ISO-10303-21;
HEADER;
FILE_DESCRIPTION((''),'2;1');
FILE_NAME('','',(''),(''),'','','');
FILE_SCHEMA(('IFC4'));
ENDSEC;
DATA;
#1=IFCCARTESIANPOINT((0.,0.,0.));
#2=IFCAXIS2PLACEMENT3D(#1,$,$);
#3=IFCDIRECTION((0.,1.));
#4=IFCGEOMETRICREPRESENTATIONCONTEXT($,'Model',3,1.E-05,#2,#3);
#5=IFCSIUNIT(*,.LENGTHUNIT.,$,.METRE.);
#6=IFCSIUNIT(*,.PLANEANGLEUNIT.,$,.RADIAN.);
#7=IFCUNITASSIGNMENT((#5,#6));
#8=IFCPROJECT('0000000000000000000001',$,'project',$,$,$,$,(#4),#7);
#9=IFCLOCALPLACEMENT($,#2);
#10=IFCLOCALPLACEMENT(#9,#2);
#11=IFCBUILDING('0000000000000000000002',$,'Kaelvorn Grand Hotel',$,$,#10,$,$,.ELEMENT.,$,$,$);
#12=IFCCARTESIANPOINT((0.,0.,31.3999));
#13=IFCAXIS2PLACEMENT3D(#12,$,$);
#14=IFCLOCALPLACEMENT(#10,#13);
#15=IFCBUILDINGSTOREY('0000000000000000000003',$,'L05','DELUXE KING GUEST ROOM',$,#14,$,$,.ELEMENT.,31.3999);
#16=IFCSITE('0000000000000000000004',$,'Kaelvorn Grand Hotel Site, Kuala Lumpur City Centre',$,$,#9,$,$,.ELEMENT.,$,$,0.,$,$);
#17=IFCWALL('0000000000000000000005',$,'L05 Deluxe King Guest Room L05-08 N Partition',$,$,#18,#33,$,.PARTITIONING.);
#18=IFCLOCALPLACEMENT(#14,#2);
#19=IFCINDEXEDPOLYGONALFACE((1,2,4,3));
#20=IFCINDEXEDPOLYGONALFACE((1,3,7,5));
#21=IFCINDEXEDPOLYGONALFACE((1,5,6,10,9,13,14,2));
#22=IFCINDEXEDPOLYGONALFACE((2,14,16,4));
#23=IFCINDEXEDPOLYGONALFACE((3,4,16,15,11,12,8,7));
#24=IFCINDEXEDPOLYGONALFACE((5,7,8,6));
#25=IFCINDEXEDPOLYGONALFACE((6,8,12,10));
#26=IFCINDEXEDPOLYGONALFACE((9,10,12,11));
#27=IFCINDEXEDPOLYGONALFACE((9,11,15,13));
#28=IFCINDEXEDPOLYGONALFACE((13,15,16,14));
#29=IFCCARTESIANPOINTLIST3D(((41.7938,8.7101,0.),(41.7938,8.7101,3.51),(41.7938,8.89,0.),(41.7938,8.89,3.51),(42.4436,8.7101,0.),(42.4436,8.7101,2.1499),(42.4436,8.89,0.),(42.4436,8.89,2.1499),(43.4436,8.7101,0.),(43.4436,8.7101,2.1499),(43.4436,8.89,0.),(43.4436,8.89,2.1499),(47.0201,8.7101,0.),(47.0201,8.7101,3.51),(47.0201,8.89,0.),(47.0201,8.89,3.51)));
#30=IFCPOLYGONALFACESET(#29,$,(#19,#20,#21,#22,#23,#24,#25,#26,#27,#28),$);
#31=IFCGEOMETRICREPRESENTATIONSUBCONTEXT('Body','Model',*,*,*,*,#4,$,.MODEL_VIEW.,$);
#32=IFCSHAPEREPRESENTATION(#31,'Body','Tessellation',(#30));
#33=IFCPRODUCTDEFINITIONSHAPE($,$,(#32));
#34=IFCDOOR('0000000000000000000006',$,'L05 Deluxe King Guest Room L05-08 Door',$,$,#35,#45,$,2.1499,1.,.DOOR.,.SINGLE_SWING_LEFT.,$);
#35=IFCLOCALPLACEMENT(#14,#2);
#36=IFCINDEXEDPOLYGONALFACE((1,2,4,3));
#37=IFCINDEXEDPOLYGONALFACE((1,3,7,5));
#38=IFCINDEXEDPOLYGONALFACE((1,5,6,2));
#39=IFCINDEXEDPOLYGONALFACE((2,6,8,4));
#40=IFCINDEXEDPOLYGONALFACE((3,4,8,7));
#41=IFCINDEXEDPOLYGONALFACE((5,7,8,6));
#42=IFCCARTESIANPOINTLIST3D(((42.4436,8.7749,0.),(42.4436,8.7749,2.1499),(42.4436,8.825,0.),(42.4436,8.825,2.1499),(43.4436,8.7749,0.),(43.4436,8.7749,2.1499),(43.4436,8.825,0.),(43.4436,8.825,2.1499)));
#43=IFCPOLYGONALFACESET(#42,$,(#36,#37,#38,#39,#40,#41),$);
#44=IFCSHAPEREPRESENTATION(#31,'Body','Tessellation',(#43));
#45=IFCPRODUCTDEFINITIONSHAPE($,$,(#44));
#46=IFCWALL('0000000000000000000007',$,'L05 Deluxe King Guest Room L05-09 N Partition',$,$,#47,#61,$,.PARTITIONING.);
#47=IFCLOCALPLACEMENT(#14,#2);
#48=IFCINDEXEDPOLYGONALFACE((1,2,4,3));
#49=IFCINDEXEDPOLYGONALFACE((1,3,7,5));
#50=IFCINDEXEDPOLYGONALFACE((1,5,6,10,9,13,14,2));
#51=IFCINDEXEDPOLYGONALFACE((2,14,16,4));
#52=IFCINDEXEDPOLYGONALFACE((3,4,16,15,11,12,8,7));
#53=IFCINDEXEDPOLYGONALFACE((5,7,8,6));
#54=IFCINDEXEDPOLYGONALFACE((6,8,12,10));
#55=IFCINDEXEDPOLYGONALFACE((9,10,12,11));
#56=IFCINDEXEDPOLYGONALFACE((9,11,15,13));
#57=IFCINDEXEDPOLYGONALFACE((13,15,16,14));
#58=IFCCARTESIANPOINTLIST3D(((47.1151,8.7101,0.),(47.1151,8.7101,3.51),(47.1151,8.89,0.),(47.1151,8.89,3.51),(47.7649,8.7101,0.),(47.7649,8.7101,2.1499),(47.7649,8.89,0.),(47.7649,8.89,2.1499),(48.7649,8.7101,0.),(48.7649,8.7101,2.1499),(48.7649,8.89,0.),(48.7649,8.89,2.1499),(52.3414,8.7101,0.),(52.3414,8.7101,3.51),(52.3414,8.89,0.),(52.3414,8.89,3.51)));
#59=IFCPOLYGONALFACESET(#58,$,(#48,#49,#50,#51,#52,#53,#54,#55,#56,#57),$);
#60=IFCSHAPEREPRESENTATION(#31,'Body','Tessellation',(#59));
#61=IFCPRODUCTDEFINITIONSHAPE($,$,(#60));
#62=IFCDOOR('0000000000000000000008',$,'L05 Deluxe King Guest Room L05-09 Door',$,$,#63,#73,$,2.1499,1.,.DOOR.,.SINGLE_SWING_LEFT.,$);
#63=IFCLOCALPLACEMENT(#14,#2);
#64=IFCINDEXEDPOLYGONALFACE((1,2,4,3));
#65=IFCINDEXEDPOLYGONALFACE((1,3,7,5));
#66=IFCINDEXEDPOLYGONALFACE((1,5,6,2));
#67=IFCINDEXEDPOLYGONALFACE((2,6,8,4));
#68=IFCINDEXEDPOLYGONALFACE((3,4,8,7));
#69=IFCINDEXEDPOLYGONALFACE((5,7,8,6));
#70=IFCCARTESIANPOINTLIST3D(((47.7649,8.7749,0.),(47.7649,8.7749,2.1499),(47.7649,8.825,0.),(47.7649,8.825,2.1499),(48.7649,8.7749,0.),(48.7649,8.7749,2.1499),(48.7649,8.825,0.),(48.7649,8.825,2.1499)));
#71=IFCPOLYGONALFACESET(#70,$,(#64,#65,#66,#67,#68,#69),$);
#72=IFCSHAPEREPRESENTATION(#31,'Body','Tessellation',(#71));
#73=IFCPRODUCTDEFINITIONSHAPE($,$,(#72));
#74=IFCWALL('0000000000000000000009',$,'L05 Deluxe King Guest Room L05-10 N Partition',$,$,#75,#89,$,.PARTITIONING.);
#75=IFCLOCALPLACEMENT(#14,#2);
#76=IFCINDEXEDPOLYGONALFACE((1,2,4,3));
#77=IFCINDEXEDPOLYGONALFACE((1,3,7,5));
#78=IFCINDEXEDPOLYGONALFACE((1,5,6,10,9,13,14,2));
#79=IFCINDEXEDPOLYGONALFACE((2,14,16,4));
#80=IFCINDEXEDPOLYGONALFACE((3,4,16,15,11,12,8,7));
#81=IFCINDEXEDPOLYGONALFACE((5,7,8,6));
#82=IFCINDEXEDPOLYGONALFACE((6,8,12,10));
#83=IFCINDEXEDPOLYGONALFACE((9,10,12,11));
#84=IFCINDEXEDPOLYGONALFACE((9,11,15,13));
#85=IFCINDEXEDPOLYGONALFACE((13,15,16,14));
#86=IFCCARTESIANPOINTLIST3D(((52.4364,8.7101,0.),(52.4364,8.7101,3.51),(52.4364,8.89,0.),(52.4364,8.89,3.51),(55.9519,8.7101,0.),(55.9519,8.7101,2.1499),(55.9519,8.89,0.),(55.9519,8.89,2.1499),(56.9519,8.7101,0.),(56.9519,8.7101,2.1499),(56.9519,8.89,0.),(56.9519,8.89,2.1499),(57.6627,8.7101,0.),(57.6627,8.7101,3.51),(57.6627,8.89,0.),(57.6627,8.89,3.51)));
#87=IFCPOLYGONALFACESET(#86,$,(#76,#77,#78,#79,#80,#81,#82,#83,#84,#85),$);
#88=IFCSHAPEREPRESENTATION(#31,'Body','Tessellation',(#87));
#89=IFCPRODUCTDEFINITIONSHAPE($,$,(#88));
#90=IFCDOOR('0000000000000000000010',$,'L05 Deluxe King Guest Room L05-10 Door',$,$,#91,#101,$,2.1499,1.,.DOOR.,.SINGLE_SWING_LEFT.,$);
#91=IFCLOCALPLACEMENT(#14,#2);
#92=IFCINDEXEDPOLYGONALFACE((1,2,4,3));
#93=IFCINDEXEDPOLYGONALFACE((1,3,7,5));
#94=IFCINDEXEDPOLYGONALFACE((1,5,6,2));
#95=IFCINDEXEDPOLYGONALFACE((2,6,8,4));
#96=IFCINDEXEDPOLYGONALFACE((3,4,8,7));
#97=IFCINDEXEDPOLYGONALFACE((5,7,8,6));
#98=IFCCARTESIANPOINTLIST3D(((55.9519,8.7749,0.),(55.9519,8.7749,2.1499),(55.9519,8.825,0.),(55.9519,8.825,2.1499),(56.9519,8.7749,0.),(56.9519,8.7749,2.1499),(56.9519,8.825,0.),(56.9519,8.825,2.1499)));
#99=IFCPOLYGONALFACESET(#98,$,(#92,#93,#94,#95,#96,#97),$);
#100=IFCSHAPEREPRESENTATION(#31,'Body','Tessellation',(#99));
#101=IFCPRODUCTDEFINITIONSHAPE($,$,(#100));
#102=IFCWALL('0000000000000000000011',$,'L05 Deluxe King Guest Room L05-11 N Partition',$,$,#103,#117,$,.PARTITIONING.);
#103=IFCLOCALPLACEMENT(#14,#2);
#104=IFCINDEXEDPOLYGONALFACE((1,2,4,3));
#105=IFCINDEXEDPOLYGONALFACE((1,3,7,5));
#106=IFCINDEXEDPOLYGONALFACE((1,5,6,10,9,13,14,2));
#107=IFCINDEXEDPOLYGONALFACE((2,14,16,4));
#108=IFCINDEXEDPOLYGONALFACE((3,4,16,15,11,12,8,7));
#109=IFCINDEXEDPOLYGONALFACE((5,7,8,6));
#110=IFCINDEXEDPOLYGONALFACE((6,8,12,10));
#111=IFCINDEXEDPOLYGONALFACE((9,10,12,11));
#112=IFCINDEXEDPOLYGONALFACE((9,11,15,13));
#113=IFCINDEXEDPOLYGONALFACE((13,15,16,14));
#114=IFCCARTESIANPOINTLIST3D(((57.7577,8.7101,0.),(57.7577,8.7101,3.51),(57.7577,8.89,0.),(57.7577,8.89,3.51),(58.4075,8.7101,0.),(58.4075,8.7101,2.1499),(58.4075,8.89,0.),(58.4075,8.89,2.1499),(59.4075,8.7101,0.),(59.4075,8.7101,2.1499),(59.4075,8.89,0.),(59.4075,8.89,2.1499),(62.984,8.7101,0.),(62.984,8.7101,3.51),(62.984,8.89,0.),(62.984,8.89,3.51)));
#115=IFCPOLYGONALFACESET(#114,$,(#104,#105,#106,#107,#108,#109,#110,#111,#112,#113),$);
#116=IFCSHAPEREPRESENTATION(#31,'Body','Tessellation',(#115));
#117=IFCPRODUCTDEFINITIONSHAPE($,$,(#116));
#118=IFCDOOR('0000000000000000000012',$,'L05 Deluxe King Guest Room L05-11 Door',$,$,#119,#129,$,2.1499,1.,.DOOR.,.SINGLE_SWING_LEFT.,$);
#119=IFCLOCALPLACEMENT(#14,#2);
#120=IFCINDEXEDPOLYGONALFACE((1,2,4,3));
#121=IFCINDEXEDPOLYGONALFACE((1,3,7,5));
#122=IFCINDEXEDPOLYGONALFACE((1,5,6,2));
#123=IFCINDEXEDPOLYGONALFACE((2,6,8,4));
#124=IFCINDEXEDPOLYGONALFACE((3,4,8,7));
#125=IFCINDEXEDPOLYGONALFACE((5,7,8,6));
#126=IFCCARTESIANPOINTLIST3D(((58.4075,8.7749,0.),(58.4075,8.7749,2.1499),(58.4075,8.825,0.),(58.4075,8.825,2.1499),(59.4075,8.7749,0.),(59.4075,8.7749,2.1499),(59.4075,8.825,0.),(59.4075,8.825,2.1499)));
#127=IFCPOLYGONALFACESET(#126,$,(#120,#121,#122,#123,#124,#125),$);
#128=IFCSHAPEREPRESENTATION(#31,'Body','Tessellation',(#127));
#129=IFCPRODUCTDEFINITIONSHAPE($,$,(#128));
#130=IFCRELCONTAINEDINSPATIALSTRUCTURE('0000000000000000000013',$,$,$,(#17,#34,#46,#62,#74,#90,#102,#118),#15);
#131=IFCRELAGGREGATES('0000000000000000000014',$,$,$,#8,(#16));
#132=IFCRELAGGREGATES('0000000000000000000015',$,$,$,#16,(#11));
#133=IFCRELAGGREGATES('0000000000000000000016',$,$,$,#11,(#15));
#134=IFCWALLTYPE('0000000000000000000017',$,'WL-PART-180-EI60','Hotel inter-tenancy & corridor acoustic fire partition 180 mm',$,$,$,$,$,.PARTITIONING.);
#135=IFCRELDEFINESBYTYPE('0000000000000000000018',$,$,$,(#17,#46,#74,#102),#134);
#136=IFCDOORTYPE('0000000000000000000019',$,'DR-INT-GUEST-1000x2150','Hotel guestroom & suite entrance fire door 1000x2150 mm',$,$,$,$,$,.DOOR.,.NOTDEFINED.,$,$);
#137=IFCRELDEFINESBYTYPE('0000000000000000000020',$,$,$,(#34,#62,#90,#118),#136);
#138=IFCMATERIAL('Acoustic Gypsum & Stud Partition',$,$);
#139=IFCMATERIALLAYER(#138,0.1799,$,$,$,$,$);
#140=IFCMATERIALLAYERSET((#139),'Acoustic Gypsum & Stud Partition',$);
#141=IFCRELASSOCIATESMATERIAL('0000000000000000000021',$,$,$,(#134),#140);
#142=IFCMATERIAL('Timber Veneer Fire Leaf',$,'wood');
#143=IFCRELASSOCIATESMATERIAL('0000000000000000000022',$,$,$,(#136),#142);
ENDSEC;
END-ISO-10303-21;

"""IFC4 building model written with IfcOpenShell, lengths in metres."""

from ifc_helpers import new_model, si_unit, direction, frame, frame_2d, origin, place, context, subcontext, project, spatial, rectangle, extrude, material, layer, layer_set, type_object, element, fill, save


model = new_model("IFC4")

# Units and contexts
model_context = context("Model", 3, precision=1e-05, world=origin(), true_north=direction((0.0, 1.0)))
body_context = subcontext(model_context, "Body", "Model", "MODEL_VIEW")
ifc_project = project(units=[si_unit("LENGTHUNIT", "METRE"), si_unit("PLANEANGLEUNIT", "RADIAN")], contexts=[model_context])

# Site, building, storey
site_placement = place(None, origin())
site = spatial("IfcSite", under=ifc_project, at=site_placement, Name="Kaelvorn Grand Hotel Site, Kuala Lumpur City Centre", CompositionType="ELEMENT", RefElevation=0.0)
building_placement = place(site_placement, origin())
building = spatial("IfcBuilding", under=site, at=building_placement, Name="Kaelvorn Grand Hotel", CompositionType="ELEMENT")
storey_placement = place(building_placement, frame((0.0, 0.0, 31.3999)))
storey = spatial("IfcBuildingStorey", under=building, at=storey_placement, Name="L05", Description="DELUXE KING GUEST ROOM", CompositionType="ELEMENT", Elevation=31.3999)

# Shared definitions
ifc_material_1 = material(Name="Acoustic Gypsum & Stud Partition")

# Shared definitions
ifc_material_2 = material(Name="Timber Veneer Fire Leaf", Category="wood")

# Walls, openings, doors
ifc_layer_1 = layer(ifc_material_1, 0.1799)
ifc_layer_set_1 = layer_set([ifc_layer_1], Name="Acoustic Gypsum & Stud Partition")
wall_type_1 = type_object("IfcWallType", Name="WL-PART-180-EI60", Description="Hotel inter-tenancy & corridor acoustic fire partition 180 mm", PredefinedType="PARTITIONING", material=ifc_layer_set_1)
wall_1_placement = place(storey_placement, frame((41.7937, 8.8, 0.0), z_axis=(0.0, 0.0, 1.0), x_axis=(1.0, 0.0, 0.0)))
wall_1 = element("IfcWall", 1, at=wall_1_placement, inside=storey, type_object=wall_type_1, Name="L05 Deluxe King Guest Room L05-08 N Partition", PredefinedType="PARTITIONING", context=body_context, shape_type="SweptSolid", body=[
    extrude(rectangle(XDim=5.2263, YDim=0.1799, at=frame_2d((2.6133, 0.0))), origin(), (0.0, 0.0, 1.0), 3.51),
])
opening_1_placement = place(wall_1_placement, frame((0.6499, 0.0, 0.0)))
opening_1 = element("IfcOpeningElement", 2, at=opening_1_placement, cuts=wall_1, PredefinedType="OPENING", context=body_context, shape_type="SweptSolid", body=[
    extrude(rectangle(XDim=1.0, YDim=2.1499, at=frame_2d((0.5, 1.075))), frame((0.0, 0.1001, 0.0), z_axis=(0.0, -1.0, 0.0), x_axis=(1.0, 0.0, 0.0)), (0.0, 0.0, 1.0), 0.2),
])
door_type_1 = type_object("IfcDoorType", Name="DR-INT-GUEST-1000x2150", Description="Hotel guestroom & suite entrance fire door 1000x2150 mm", OperationType="NOTDEFINED", PredefinedType="DOOR", material=ifc_material_2)
door_1_placement = place(opening_1_placement, origin())
door_1 = element("IfcDoor", 3, at=door_1_placement, inside=storey, type_object=door_type_1, Name="L05 Deluxe King Guest Room L05-08 Door", OperationType="SINGLE_SWING_LEFT", OverallHeight=2.1499, OverallWidth=1.0, PredefinedType="DOOR", context=body_context, shape_type="SweptSolid", body=[
    extrude(rectangle(XDim=1.0, YDim=2.1499, at=frame_2d((0.5, 1.075))), frame((0.0, 0.0249, 0.0), z_axis=(0.0, -1.0, 0.0), x_axis=(1.0, 0.0, 0.0)), (0.0, 0.0, 1.0), 0.05),
])
fill(opening_1, door_1)
wall_2_placement = place(storey_placement, frame((47.115, 8.8, 0.0), z_axis=(0.0, 0.0, 1.0), x_axis=(1.0, 0.0, 0.0)))
wall_2 = element("IfcWall", 4, at=wall_2_placement, inside=storey, type_object=wall_type_1, Name="L05 Deluxe King Guest Room L05-09 N Partition", PredefinedType="PARTITIONING", context=body_context, shape_type="SweptSolid", body=[
    extrude(rectangle(XDim=5.2263, YDim=0.1799, at=frame_2d((2.6133, 0.0))), origin(), (0.0, 0.0, 1.0), 3.51),
])
opening_2_placement = place(wall_2_placement, frame((0.6499, 0.0, 0.0)))
opening_2 = element("IfcOpeningElement", 5, at=opening_2_placement, cuts=wall_2, PredefinedType="OPENING", context=body_context, shape_type="SweptSolid", body=[
    extrude(rectangle(XDim=1.0, YDim=2.1499, at=frame_2d((0.5, 1.075))), frame((0.0, 0.1001, 0.0), z_axis=(0.0, -1.0, 0.0), x_axis=(1.0, 0.0, 0.0)), (0.0, 0.0, 1.0), 0.2),
])
door_2_placement = place(opening_2_placement, origin())
door_2 = element("IfcDoor", 6, at=door_2_placement, inside=storey, type_object=door_type_1, Name="L05 Deluxe King Guest Room L05-09 Door", OperationType="SINGLE_SWING_LEFT", OverallHeight=2.1499, OverallWidth=1.0, PredefinedType="DOOR", context=body_context, shape_type="SweptSolid", body=[
    extrude(rectangle(XDim=1.0, YDim=2.1499, at=frame_2d((0.5, 1.075))), frame((0.0, 0.0249, 0.0), z_axis=(0.0, -1.0, 0.0), x_axis=(1.0, 0.0, 0.0)), (0.0, 0.0, 1.0), 0.05),
])
fill(opening_2, door_2)
wall_3_placement = place(storey_placement, frame((52.4363, 8.8, 0.0), z_axis=(0.0, 0.0, 1.0), x_axis=(1.0, 0.0, 0.0)))
wall_3 = element("IfcWall", 7, at=wall_3_placement, inside=storey, type_object=wall_type_1, Name="L05 Deluxe King Guest Room L05-10 N Partition", PredefinedType="PARTITIONING", context=body_context, shape_type="SweptSolid", body=[
    extrude(rectangle(XDim=5.2263, YDim=0.1799, at=frame_2d((2.6133, 0.0))), origin(), (0.0, 0.0, 1.0), 3.51),
])
opening_3_placement = place(wall_3_placement, frame((3.5156, 0.0, 0.0)))
opening_3 = element("IfcOpeningElement", 8, at=opening_3_placement, cuts=wall_3, PredefinedType="OPENING", context=body_context, shape_type="SweptSolid", body=[
    extrude(rectangle(XDim=1.0, YDim=2.1499, at=frame_2d((0.5, 1.075))), frame((0.0, 0.1001, 0.0), z_axis=(0.0, -1.0, 0.0), x_axis=(1.0, 0.0, 0.0)), (0.0, 0.0, 1.0), 0.2),
])
door_3_placement = place(opening_3_placement, origin())
door_3 = element("IfcDoor", 9, at=door_3_placement, inside=storey, type_object=door_type_1, Name="L05 Deluxe King Guest Room L05-10 Door", OperationType="SINGLE_SWING_LEFT", OverallHeight=2.1499, OverallWidth=1.0, PredefinedType="DOOR", context=body_context, shape_type="SweptSolid", body=[
    extrude(rectangle(XDim=1.0, YDim=2.1499, at=frame_2d((0.5, 1.075))), frame((0.0, 0.0249, 0.0), z_axis=(0.0, -1.0, 0.0), x_axis=(1.0, 0.0, 0.0)), (0.0, 0.0, 1.0), 0.05),
])
fill(opening_3, door_3)
wall_4_placement = place(storey_placement, frame((57.7576, 8.8, 0.0), z_axis=(0.0, 0.0, 1.0), x_axis=(1.0, 0.0, 0.0)))
wall_4 = element("IfcWall", 10, at=wall_4_placement, inside=storey, type_object=wall_type_1, Name="L05 Deluxe King Guest Room L05-11 N Partition", PredefinedType="PARTITIONING", context=body_context, shape_type="SweptSolid", body=[
    extrude(rectangle(XDim=5.2263, YDim=0.1799, at=frame_2d((2.6133, 0.0))), origin(), (0.0, 0.0, 1.0), 3.51),
])
opening_4_placement = place(wall_4_placement, frame((0.6499, 0.0, 0.0)))
opening_4 = element("IfcOpeningElement", 11, at=opening_4_placement, cuts=wall_4, PredefinedType="OPENING", context=body_context, shape_type="SweptSolid", body=[
    extrude(rectangle(XDim=1.0, YDim=2.1499, at=frame_2d((0.5, 1.075))), frame((0.0, 0.1001, 0.0), z_axis=(0.0, -1.0, 0.0), x_axis=(1.0, 0.0, 0.0)), (0.0, 0.0, 1.0), 0.2),
])
door_4_placement = place(opening_4_placement, origin())
door_4 = element("IfcDoor", 12, at=door_4_placement, inside=storey, type_object=door_type_1, Name="L05 Deluxe King Guest Room L05-11 Door", OperationType="SINGLE_SWING_LEFT", OverallHeight=2.1499, OverallWidth=1.0, PredefinedType="DOOR", context=body_context, shape_type="SweptSolid", body=[
    extrude(rectangle(XDim=1.0, YDim=2.1499, at=frame_2d((0.5, 1.075))), frame((0.0, 0.0249, 0.0), z_axis=(0.0, -1.0, 0.0), x_axis=(1.0, 0.0, 0.0)), (0.0, 0.0, 1.0), 0.05),
])
fill(opening_4, door_4)

save(model, "model.ifc")
